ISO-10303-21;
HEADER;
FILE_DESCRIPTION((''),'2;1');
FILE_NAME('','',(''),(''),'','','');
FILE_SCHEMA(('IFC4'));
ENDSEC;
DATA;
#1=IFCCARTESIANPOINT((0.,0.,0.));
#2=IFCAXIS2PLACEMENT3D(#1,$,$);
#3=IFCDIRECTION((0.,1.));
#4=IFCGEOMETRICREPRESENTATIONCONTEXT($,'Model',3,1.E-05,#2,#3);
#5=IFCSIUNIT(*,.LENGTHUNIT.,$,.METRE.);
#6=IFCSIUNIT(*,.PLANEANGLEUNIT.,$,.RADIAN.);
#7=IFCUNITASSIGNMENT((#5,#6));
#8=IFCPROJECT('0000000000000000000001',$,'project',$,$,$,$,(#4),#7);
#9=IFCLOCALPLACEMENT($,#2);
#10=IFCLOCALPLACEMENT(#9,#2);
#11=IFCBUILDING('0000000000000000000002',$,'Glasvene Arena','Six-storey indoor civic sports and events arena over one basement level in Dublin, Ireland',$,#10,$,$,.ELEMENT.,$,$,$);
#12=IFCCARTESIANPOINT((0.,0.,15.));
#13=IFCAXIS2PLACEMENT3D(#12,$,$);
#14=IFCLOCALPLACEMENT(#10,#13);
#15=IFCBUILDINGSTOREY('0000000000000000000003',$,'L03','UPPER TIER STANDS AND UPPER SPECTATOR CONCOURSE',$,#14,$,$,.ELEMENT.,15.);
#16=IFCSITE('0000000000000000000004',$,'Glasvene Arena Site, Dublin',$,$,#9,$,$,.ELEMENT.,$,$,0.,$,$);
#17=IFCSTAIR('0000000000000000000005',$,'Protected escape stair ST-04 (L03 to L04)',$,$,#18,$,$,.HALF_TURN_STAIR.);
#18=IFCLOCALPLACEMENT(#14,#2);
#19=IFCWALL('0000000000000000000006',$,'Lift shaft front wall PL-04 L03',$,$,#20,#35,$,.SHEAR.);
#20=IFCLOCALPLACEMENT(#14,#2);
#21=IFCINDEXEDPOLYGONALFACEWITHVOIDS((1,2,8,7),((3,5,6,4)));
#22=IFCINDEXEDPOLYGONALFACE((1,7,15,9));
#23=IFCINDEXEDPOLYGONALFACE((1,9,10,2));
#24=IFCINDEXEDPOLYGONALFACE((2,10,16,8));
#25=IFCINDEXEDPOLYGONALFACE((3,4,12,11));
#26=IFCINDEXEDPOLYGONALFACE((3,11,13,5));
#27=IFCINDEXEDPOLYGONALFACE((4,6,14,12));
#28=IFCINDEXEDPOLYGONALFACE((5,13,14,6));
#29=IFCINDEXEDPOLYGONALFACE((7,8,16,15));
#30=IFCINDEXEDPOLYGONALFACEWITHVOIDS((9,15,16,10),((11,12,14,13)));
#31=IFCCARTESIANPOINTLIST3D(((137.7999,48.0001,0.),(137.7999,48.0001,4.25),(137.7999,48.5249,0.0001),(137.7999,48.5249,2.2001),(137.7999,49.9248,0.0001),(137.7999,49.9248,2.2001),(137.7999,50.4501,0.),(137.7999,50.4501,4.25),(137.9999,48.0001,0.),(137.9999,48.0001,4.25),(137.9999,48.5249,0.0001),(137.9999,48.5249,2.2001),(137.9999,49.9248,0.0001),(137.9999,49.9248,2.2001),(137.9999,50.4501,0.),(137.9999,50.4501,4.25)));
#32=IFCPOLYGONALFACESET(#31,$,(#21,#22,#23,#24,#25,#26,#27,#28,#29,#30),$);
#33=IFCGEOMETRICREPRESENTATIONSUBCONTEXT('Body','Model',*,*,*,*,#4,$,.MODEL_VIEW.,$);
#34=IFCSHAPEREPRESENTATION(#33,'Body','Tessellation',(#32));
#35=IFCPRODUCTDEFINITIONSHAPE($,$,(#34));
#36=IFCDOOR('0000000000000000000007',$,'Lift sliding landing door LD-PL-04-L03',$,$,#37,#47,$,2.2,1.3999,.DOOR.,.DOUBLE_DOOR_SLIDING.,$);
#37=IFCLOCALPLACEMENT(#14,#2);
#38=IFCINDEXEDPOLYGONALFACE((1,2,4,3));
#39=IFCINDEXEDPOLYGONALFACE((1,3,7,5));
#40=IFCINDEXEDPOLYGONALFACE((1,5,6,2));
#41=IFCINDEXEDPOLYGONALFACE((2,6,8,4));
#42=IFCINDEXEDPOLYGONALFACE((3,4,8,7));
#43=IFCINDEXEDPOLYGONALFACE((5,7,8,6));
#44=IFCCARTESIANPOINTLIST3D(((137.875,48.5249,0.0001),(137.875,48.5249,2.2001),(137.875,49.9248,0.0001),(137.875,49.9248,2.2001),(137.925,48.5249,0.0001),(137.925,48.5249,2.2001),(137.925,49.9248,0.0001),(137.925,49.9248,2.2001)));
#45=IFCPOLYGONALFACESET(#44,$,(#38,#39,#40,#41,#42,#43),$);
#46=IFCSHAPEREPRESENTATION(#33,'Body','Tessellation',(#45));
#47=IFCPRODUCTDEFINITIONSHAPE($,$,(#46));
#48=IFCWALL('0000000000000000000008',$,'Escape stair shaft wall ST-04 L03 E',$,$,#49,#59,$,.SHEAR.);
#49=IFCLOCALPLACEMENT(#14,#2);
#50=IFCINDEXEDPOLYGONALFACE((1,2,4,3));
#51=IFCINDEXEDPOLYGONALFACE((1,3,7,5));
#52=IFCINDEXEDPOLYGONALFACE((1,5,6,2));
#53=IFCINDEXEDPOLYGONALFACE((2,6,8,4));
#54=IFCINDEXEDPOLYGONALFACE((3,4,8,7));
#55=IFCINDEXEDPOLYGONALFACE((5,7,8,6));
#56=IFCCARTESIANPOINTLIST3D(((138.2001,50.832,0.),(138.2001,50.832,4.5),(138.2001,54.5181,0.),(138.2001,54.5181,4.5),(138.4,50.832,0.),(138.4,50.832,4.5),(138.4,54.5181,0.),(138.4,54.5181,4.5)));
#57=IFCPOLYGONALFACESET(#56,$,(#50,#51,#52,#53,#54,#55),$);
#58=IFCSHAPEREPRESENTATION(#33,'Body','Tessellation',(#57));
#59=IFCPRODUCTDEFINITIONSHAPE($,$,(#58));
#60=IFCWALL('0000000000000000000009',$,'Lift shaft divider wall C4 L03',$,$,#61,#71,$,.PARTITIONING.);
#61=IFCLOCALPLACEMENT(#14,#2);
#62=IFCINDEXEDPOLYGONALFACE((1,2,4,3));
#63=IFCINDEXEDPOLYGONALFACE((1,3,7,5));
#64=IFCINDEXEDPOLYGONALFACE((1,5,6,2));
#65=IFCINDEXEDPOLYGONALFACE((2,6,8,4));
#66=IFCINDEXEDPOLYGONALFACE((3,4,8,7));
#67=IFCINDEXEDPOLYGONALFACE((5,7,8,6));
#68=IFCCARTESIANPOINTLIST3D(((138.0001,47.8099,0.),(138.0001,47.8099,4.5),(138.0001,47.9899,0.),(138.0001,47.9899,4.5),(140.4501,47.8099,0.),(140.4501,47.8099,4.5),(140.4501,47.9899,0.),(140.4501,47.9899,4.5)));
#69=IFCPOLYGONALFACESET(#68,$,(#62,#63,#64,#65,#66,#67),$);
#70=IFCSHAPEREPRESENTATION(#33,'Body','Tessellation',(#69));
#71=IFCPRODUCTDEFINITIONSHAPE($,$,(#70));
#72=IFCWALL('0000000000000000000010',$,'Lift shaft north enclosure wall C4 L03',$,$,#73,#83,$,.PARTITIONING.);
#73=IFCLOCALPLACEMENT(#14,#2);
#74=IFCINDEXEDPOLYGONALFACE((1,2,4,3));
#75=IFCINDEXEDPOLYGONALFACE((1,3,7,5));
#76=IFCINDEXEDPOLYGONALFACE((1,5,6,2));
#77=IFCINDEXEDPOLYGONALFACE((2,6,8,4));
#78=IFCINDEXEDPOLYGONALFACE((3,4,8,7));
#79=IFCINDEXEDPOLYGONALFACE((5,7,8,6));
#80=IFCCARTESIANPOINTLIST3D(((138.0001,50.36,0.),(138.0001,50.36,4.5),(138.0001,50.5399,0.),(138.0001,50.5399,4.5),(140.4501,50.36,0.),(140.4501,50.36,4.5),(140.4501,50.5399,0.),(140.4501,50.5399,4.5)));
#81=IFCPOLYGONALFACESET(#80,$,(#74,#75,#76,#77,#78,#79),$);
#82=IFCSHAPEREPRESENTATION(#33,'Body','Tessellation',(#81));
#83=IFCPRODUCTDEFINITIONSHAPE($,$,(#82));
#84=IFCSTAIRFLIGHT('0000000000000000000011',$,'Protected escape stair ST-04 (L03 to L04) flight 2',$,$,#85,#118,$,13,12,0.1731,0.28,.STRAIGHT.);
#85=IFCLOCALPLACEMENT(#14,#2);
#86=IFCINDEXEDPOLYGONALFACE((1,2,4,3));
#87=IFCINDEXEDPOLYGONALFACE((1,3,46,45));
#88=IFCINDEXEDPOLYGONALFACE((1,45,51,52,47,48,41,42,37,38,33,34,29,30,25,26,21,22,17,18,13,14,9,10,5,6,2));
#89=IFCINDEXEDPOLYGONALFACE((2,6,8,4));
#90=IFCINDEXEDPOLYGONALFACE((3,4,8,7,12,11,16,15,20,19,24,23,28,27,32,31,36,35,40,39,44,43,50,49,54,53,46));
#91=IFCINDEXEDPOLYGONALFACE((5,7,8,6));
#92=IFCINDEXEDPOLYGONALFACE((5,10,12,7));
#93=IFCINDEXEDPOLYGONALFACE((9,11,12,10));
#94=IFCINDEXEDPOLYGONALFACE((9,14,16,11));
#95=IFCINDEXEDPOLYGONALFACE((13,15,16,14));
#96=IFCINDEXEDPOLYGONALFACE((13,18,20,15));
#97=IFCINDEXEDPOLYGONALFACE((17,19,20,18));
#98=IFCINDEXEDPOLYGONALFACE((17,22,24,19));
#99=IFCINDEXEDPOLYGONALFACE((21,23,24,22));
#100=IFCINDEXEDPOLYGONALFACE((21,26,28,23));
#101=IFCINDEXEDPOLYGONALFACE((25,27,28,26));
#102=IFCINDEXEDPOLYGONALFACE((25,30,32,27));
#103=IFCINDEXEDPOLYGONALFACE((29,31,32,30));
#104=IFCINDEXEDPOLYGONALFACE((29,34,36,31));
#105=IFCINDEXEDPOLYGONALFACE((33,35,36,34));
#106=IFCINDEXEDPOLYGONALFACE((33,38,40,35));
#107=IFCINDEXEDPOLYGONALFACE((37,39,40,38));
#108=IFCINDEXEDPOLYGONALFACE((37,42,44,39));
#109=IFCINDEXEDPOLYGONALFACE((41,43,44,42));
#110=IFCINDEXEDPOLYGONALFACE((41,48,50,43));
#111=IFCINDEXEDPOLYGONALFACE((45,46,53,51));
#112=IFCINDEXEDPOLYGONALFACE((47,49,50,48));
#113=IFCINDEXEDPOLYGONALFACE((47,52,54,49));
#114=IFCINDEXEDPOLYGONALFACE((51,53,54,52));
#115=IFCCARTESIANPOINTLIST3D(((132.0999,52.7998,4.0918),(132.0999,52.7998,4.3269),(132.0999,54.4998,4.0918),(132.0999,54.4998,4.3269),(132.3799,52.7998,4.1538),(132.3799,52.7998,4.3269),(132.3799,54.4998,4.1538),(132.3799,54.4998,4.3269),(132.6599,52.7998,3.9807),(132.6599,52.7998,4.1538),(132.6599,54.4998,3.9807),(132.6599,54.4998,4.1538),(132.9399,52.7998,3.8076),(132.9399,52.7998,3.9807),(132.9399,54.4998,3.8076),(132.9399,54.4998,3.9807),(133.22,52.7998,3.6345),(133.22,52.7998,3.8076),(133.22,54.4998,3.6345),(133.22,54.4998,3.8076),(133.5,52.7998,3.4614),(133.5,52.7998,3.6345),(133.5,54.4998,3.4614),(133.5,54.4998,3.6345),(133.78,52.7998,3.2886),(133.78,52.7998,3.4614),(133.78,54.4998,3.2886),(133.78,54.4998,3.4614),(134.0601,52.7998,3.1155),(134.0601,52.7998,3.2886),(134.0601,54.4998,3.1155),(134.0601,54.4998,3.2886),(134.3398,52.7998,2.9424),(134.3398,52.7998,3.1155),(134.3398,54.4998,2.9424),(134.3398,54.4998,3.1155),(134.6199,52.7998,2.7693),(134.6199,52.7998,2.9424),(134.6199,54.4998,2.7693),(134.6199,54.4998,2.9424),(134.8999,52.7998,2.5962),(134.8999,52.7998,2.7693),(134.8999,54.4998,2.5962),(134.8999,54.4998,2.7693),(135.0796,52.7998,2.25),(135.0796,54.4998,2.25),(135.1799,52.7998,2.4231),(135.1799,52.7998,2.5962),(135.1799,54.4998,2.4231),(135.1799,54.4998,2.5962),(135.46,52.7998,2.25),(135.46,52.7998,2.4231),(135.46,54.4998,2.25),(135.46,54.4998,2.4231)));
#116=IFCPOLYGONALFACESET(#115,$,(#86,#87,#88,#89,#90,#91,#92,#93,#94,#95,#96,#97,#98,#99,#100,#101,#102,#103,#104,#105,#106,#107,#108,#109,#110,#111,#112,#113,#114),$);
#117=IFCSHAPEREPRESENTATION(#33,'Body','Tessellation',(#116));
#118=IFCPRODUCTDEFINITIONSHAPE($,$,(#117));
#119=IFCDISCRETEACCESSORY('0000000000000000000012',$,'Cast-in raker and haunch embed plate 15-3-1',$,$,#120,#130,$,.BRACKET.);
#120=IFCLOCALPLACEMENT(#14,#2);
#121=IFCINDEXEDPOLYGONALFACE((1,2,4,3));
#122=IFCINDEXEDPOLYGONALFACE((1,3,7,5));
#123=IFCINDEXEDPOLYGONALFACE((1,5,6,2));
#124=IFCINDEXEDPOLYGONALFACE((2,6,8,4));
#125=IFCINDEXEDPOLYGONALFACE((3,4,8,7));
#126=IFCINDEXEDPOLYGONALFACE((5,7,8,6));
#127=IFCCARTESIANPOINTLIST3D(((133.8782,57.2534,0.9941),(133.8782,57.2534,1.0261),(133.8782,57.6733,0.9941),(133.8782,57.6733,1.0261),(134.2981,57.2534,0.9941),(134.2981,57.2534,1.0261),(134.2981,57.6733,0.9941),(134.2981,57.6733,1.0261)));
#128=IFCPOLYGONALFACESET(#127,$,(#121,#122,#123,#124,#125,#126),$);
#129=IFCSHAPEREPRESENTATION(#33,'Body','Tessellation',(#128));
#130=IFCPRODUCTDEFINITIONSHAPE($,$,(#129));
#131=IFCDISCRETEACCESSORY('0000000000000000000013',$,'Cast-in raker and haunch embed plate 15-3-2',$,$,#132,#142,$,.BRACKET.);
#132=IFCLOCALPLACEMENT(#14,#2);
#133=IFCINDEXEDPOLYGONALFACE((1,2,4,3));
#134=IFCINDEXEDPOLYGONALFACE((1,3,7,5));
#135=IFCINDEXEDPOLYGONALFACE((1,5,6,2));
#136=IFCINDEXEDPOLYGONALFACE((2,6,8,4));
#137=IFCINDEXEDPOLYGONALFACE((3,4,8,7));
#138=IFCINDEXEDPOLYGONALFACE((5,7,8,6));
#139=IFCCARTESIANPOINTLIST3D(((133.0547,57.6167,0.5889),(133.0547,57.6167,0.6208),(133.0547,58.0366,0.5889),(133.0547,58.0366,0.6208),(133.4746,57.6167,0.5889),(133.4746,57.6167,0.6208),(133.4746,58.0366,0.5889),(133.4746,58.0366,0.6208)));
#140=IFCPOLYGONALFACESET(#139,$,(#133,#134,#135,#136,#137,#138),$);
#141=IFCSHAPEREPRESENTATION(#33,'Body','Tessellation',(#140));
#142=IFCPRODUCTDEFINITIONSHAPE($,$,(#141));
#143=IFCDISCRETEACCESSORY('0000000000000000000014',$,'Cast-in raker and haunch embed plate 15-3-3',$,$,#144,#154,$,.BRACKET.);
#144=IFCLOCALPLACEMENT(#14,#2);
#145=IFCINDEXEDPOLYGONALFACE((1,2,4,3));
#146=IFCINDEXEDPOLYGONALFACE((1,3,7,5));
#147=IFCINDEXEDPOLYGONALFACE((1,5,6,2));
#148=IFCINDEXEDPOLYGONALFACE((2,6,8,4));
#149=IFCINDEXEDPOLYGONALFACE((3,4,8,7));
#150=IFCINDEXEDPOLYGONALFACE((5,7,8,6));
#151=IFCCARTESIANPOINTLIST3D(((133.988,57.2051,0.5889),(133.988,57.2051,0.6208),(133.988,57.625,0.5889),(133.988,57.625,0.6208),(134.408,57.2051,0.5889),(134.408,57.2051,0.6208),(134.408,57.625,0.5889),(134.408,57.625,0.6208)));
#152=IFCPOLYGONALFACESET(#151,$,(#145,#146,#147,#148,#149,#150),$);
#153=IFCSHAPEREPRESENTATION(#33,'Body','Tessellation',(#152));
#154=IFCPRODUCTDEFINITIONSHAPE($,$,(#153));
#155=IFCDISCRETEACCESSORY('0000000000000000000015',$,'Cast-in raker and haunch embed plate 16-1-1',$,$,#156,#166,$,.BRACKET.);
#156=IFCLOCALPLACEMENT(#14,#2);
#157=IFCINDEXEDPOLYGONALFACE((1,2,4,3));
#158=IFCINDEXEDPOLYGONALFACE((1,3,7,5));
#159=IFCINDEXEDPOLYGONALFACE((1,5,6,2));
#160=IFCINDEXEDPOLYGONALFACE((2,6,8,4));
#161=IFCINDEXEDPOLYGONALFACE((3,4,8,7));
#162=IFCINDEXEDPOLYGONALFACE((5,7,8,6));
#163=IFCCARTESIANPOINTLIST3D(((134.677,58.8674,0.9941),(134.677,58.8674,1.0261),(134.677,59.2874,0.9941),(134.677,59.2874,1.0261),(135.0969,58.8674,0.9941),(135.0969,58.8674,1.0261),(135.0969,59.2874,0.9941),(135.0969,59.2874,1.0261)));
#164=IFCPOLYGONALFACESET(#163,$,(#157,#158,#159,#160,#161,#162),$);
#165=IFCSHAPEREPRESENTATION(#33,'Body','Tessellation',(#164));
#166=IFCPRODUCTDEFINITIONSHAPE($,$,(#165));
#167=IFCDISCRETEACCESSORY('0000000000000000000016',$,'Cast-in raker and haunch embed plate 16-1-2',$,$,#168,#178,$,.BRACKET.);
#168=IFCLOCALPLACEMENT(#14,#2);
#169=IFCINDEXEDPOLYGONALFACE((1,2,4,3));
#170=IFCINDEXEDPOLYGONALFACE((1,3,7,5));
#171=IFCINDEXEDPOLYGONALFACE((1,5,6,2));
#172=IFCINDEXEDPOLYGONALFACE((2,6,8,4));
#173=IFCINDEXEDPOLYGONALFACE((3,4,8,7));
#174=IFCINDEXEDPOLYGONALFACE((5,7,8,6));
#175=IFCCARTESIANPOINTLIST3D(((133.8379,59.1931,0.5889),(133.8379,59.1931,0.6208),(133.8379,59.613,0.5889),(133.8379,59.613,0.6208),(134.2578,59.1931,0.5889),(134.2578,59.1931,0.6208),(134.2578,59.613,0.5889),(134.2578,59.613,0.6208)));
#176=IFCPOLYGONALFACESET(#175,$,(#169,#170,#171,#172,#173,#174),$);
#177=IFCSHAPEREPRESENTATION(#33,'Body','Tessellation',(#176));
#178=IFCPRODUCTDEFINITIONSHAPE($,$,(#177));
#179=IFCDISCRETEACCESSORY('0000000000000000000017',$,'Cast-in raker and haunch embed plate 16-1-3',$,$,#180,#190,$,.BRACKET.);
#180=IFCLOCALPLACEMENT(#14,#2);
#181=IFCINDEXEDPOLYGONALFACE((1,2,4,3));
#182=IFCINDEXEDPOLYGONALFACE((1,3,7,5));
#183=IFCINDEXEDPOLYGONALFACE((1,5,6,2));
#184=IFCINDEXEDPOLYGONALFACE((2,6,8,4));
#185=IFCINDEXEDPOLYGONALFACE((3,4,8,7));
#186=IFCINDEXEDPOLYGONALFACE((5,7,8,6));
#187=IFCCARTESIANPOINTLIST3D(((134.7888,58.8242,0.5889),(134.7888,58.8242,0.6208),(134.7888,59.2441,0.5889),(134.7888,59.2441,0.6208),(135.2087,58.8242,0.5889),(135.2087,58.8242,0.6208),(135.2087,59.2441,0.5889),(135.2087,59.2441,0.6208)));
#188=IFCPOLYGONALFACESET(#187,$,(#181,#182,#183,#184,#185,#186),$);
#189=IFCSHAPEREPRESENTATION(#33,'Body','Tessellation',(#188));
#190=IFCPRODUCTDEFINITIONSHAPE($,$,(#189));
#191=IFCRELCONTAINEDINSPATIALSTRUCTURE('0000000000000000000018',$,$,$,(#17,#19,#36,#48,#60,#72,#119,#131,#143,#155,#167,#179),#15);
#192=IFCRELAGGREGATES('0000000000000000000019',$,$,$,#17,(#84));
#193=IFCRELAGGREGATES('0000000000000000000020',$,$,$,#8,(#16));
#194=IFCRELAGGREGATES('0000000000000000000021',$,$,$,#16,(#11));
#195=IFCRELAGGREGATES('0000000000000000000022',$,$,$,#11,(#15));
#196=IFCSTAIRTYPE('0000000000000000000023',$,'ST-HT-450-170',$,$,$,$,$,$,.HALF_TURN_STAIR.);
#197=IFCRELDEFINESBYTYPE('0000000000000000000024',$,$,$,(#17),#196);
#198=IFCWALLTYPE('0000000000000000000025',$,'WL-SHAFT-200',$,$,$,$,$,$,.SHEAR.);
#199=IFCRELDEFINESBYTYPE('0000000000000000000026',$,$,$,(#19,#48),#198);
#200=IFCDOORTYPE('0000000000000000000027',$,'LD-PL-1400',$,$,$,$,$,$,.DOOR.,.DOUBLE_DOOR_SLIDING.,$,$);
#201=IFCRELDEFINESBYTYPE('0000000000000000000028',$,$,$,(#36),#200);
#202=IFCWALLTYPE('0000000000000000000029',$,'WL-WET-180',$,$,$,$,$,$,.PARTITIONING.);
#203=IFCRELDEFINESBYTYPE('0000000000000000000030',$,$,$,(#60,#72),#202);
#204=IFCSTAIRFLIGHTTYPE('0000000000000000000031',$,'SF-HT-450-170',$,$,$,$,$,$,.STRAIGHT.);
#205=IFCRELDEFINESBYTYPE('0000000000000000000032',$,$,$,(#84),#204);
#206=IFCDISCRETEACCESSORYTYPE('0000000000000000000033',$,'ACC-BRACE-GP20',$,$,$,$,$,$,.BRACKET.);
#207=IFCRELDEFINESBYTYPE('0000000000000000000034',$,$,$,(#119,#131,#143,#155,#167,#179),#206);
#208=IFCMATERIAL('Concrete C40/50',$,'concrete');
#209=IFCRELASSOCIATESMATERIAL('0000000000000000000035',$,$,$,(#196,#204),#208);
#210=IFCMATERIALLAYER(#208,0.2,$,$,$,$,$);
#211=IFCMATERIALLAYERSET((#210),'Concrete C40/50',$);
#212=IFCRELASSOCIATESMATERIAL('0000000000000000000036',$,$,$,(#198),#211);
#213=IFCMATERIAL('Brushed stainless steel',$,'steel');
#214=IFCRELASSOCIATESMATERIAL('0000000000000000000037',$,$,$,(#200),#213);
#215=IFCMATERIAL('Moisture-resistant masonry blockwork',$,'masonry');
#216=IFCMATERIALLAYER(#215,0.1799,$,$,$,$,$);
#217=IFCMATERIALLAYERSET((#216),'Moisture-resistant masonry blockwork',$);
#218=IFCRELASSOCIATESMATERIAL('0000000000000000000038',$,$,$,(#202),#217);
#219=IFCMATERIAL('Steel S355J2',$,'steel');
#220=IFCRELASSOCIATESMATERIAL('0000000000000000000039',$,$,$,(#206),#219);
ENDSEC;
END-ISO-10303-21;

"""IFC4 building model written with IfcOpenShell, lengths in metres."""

from ifc_helpers import new_model, si_unit, direction, frame, frame_2d, origin, origin_2d, place, context, subcontext, project, spatial, polyline, rectangle, outline, extrude, material, layer, layer_set, type_object, element, fill, aggregate, save


model = new_model("IFC4")

# Units and contexts
model_context = context("Model", 3, precision=1e-05, world=origin(), true_north=direction((0.0, 1.0)))
body_context = subcontext(model_context, "Body", "Model", "MODEL_VIEW")
ifc_project = project(units=[si_unit("LENGTHUNIT", "METRE"), si_unit("PLANEANGLEUNIT", "RADIAN")], contexts=[model_context])

# Site, building, storey
site_placement = place(None, origin())
site = spatial("IfcSite", under=ifc_project, at=site_placement, Name="Glasvene Arena Site, Dublin", CompositionType="ELEMENT", RefElevation=0.0)
building_placement = place(site_placement, origin())
building = spatial("IfcBuilding", under=site, at=building_placement, Name="Glasvene Arena", Description="Six-storey indoor civic sports and events arena over one basement level in Dublin, Ireland", CompositionType="ELEMENT")
storey_placement = place(building_placement, frame((0.0, 0.0, 15.0)))
storey = spatial("IfcBuildingStorey", under=building, at=storey_placement, Name="L03", Description="UPPER TIER STANDS AND UPPER SPECTATOR CONCOURSE", CompositionType="ELEMENT", Elevation=15.0)

# Shared definitions
ifc_material_1 = material(Name="Steel S355J2", Category="steel")

# Stair
ifc_material_2 = material(Name="Concrete C40/50", Category="concrete")
stair_type = type_object("IfcStairType", Name="ST-HT-450-170", PredefinedType="HALF_TURN_STAIR", material=ifc_material_2)
stair_placement = place(storey_placement, origin())
stair = element("IfcStair", 1, at=stair_placement, inside=storey, type_object=stair_type, Name="Protected escape stair ST-04 (L03 to L04)", PredefinedType="HALF_TURN_STAIR")

# Wall, opening, door
ifc_layer_1 = layer(ifc_material_2, 0.2)
ifc_layer_set_1 = layer_set([ifc_layer_1], Name="Concrete C40/50")
wall_type_1 = type_object("IfcWallType", Name="WL-SHAFT-200", PredefinedType="SHEAR", material=ifc_layer_set_1)
wall_1_placement = place(storey_placement, frame((137.8999, 48.0, 0.0), z_axis=(0.0, 0.0, 1.0), x_axis=(0.0, 1.0, 0.0)))
wall_1 = element("IfcWall", 2, at=wall_1_placement, inside=storey, type_object=wall_type_1, Name="Lift shaft front wall PL-04 L03", PredefinedType="SHEAR", context=body_context, shape_type="SweptSolid", body=[
    extrude(rectangle(XDim=2.45, YDim=0.2, at=frame_2d((1.2251, 0.0))), origin(), (0.0, 0.0, 1.0), 4.25),
])
opening_1_placement = place(wall_1_placement, frame((0.5249, 0.0, 0.0)))
opening_1 = element("IfcOpeningElement", 3, at=opening_1_placement, cuts=wall_1, PredefinedType="OPENING", context=body_context, shape_type="SweptSolid", body=[
    extrude(rectangle(XDim=1.3999, YDim=2.2, at=frame_2d((0.7, 1.1001))), frame((0.0, 0.1099, 0.0), z_axis=(0.0, -1.0, 0.0), x_axis=(1.0, 0.0, 0.0)), (0.0, 0.0, 1.0), 0.22),
])
ifc_material_3 = material(Name="Brushed stainless steel", Category="steel")
door_type = type_object("IfcDoorType", Name="LD-PL-1400", OperationType="DOUBLE_DOOR_SLIDING", PredefinedType="DOOR", material=ifc_material_3)
door_placement = place(opening_1_placement, origin())
door = element("IfcDoor", 4, at=door_placement, inside=storey, type_object=door_type, Name="Lift sliding landing door LD-PL-04-L03", OperationType="DOUBLE_DOOR_SLIDING", OverallHeight=2.2, OverallWidth=1.3999, PredefinedType="DOOR", context=body_context, shape_type="SweptSolid", body=[
    extrude(rectangle(XDim=1.3999, YDim=2.2, at=frame_2d((0.7, 1.1001))), frame((0.0, 0.0249, 0.0), z_axis=(0.0, -1.0, 0.0), x_axis=(1.0, 0.0, 0.0)), (0.0, 0.0, 1.0), 0.05),
])
fill(opening_1, door)

# Walls
wall_2_placement = place(storey_placement, frame((138.3, 50.832, 0.0), z_axis=(0.0, 0.0, 1.0), x_axis=(0.0, 1.0, 0.0)))
element("IfcWall", 5, at=wall_2_placement, inside=storey, type_object=wall_type_1, Name="Escape stair shaft wall ST-04 L03 E", PredefinedType="SHEAR", context=body_context, shape_type="SweptSolid", body=[
    extrude(rectangle(XDim=3.686, YDim=0.2, at=frame_2d((1.843, 0.0))), origin(), (0.0, 0.0, 1.0), 4.5),
])
ifc_material_4 = material(Name="Moisture-resistant masonry blockwork", Category="masonry")
ifc_layer_2 = layer(ifc_material_4, 0.1799)
ifc_layer_set_2 = layer_set([ifc_layer_2], Name="Moisture-resistant masonry blockwork")
wall_type_2 = type_object("IfcWallType", Name="WL-WET-180", PredefinedType="PARTITIONING", material=ifc_layer_set_2)
for number, where, z_axis, x_axis, name in (
    (6, (138.0, 47.8999, 0.0), (0.0, 0.0, 1.0), (1.0, 0.0, 0.0), "Lift shaft divider wall C4 L03"),
    (7, (138.0, 50.45, 0.0), (0.0, 0.0, 1.0), (1.0, 0.0, 0.0), "Lift shaft north enclosure wall C4 L03"),
):
    element("IfcWall", number, at=place(storey_placement, frame(where, z_axis=z_axis, x_axis=x_axis)), inside=storey, type_object=wall_type_2, Name=name, PredefinedType="PARTITIONING", context=body_context, shape_type="SweptSolid", body=[
        extrude(rectangle(XDim=2.45, YDim=0.1799, at=frame_2d((1.2251, 0.0))), origin(), (0.0, 0.0, 1.0), 4.5),
    ])

# Stair flight
stair_flight_type = type_object("IfcStairFlightType", Name="SF-HT-450-170", PredefinedType="STRAIGHT", material=ifc_material_2)
stair_flight_placement = place(storey_placement, frame((135.46, 53.6499, 2.25), z_axis=(0.0, 0.0, 1.0), x_axis=(-1.0, 0.0, 0.0)))
stair_flight = element("IfcStairFlight", 8, at=stair_flight_placement, type_object=stair_flight_type, Name="Protected escape stair ST-04 (L03 to L04) flight 2", NumberOfRisers=13, NumberOfTreads=12, PredefinedType="STRAIGHT", RiserHeight=0.1731, TreadLength=0.28, context=body_context, shape_type="SweptSolid", body=[
    extrude(outline(polyline([(0.0, 0.0), (0.0, 0.1731), (0.28, 0.1731), (0.28, 0.3462), (0.5601, 0.3462), (0.5601, 0.5193), (0.8401, 0.5193), (0.8401, 0.6924), (1.1201, 0.6924), (1.1201, 0.8655), (1.3999, 0.8655), (1.3999, 1.0386), (1.6799, 1.0386), (1.6799, 1.2114), (1.96, 1.2114), (1.96, 1.3845), (2.24, 1.3845), (2.24, 1.5576), (2.52, 1.5576), (2.52, 1.7307), (2.8, 1.7307), (2.8, 1.9038), (3.0801, 1.9038), (3.0801, 2.0769), (3.3601, 2.0769), (3.3601, 2.25), (3.3601, 1.8418), (0.3804, 0.0), (0.0, 0.0)])), frame((0.0, 0.8501, 0.0), z_axis=(0.0, -1.0, 0.0), x_axis=(1.0, 0.0, 0.0)), (0.0, 0.0, 1.0), 1.7),
])
aggregate(stair, [stair_flight])

# Discrete accessories
discrete_accessory_type = type_object("IfcDiscreteAccessoryType", Name="ACC-BRACE-GP20", PredefinedType="BRACKET", material=ifc_material_1)
for number, where, z_axis, x_axis, name in (
    (9, (134.0881, 57.4634, 0.9941), (0.0, 0.0, 1.0), (1.0, 0.0, 0.0), "Cast-in raker and haunch embed plate 15-3-1"),
    (10, (133.2646, 57.8267, 0.5889), (0.0, 0.0, 1.0), (1.0, 0.0, 0.0), "Cast-in raker and haunch embed plate 15-3-2"),
    (11, (134.198, 57.415, 0.5889), (0.0, 0.0, 1.0), (1.0, 0.0, 0.0), "Cast-in raker and haunch embed plate 15-3-3"),
    (12, (134.887, 59.0774, 0.9941), (0.0, 0.0, 1.0), (1.0, 0.0, 0.0), "Cast-in raker and haunch embed plate 16-1-1"),
    (13, (134.0479, 59.4031, 0.5889), (0.0, 0.0, 1.0), (1.0, 0.0, 0.0), "Cast-in raker and haunch embed plate 16-1-2"),
    (14, (134.9988, 59.0342, 0.5889), (0.0, 0.0, 1.0), (1.0, 0.0, 0.0), "Cast-in raker and haunch embed plate 16-1-3"),
):
    element("IfcDiscreteAccessory", number, at=place(storey_placement, frame(where, z_axis=z_axis, x_axis=x_axis)), inside=storey, type_object=discrete_accessory_type, Name=name, PredefinedType="BRACKET", context=body_context, shape_type="SweptSolid", body=[
        extrude(rectangle(XDim=0.4199, YDim=0.4199, at=origin_2d()), origin(), (0.0, 0.0, 1.0), 0.032),
    ])

save(model, "model.ifc")
